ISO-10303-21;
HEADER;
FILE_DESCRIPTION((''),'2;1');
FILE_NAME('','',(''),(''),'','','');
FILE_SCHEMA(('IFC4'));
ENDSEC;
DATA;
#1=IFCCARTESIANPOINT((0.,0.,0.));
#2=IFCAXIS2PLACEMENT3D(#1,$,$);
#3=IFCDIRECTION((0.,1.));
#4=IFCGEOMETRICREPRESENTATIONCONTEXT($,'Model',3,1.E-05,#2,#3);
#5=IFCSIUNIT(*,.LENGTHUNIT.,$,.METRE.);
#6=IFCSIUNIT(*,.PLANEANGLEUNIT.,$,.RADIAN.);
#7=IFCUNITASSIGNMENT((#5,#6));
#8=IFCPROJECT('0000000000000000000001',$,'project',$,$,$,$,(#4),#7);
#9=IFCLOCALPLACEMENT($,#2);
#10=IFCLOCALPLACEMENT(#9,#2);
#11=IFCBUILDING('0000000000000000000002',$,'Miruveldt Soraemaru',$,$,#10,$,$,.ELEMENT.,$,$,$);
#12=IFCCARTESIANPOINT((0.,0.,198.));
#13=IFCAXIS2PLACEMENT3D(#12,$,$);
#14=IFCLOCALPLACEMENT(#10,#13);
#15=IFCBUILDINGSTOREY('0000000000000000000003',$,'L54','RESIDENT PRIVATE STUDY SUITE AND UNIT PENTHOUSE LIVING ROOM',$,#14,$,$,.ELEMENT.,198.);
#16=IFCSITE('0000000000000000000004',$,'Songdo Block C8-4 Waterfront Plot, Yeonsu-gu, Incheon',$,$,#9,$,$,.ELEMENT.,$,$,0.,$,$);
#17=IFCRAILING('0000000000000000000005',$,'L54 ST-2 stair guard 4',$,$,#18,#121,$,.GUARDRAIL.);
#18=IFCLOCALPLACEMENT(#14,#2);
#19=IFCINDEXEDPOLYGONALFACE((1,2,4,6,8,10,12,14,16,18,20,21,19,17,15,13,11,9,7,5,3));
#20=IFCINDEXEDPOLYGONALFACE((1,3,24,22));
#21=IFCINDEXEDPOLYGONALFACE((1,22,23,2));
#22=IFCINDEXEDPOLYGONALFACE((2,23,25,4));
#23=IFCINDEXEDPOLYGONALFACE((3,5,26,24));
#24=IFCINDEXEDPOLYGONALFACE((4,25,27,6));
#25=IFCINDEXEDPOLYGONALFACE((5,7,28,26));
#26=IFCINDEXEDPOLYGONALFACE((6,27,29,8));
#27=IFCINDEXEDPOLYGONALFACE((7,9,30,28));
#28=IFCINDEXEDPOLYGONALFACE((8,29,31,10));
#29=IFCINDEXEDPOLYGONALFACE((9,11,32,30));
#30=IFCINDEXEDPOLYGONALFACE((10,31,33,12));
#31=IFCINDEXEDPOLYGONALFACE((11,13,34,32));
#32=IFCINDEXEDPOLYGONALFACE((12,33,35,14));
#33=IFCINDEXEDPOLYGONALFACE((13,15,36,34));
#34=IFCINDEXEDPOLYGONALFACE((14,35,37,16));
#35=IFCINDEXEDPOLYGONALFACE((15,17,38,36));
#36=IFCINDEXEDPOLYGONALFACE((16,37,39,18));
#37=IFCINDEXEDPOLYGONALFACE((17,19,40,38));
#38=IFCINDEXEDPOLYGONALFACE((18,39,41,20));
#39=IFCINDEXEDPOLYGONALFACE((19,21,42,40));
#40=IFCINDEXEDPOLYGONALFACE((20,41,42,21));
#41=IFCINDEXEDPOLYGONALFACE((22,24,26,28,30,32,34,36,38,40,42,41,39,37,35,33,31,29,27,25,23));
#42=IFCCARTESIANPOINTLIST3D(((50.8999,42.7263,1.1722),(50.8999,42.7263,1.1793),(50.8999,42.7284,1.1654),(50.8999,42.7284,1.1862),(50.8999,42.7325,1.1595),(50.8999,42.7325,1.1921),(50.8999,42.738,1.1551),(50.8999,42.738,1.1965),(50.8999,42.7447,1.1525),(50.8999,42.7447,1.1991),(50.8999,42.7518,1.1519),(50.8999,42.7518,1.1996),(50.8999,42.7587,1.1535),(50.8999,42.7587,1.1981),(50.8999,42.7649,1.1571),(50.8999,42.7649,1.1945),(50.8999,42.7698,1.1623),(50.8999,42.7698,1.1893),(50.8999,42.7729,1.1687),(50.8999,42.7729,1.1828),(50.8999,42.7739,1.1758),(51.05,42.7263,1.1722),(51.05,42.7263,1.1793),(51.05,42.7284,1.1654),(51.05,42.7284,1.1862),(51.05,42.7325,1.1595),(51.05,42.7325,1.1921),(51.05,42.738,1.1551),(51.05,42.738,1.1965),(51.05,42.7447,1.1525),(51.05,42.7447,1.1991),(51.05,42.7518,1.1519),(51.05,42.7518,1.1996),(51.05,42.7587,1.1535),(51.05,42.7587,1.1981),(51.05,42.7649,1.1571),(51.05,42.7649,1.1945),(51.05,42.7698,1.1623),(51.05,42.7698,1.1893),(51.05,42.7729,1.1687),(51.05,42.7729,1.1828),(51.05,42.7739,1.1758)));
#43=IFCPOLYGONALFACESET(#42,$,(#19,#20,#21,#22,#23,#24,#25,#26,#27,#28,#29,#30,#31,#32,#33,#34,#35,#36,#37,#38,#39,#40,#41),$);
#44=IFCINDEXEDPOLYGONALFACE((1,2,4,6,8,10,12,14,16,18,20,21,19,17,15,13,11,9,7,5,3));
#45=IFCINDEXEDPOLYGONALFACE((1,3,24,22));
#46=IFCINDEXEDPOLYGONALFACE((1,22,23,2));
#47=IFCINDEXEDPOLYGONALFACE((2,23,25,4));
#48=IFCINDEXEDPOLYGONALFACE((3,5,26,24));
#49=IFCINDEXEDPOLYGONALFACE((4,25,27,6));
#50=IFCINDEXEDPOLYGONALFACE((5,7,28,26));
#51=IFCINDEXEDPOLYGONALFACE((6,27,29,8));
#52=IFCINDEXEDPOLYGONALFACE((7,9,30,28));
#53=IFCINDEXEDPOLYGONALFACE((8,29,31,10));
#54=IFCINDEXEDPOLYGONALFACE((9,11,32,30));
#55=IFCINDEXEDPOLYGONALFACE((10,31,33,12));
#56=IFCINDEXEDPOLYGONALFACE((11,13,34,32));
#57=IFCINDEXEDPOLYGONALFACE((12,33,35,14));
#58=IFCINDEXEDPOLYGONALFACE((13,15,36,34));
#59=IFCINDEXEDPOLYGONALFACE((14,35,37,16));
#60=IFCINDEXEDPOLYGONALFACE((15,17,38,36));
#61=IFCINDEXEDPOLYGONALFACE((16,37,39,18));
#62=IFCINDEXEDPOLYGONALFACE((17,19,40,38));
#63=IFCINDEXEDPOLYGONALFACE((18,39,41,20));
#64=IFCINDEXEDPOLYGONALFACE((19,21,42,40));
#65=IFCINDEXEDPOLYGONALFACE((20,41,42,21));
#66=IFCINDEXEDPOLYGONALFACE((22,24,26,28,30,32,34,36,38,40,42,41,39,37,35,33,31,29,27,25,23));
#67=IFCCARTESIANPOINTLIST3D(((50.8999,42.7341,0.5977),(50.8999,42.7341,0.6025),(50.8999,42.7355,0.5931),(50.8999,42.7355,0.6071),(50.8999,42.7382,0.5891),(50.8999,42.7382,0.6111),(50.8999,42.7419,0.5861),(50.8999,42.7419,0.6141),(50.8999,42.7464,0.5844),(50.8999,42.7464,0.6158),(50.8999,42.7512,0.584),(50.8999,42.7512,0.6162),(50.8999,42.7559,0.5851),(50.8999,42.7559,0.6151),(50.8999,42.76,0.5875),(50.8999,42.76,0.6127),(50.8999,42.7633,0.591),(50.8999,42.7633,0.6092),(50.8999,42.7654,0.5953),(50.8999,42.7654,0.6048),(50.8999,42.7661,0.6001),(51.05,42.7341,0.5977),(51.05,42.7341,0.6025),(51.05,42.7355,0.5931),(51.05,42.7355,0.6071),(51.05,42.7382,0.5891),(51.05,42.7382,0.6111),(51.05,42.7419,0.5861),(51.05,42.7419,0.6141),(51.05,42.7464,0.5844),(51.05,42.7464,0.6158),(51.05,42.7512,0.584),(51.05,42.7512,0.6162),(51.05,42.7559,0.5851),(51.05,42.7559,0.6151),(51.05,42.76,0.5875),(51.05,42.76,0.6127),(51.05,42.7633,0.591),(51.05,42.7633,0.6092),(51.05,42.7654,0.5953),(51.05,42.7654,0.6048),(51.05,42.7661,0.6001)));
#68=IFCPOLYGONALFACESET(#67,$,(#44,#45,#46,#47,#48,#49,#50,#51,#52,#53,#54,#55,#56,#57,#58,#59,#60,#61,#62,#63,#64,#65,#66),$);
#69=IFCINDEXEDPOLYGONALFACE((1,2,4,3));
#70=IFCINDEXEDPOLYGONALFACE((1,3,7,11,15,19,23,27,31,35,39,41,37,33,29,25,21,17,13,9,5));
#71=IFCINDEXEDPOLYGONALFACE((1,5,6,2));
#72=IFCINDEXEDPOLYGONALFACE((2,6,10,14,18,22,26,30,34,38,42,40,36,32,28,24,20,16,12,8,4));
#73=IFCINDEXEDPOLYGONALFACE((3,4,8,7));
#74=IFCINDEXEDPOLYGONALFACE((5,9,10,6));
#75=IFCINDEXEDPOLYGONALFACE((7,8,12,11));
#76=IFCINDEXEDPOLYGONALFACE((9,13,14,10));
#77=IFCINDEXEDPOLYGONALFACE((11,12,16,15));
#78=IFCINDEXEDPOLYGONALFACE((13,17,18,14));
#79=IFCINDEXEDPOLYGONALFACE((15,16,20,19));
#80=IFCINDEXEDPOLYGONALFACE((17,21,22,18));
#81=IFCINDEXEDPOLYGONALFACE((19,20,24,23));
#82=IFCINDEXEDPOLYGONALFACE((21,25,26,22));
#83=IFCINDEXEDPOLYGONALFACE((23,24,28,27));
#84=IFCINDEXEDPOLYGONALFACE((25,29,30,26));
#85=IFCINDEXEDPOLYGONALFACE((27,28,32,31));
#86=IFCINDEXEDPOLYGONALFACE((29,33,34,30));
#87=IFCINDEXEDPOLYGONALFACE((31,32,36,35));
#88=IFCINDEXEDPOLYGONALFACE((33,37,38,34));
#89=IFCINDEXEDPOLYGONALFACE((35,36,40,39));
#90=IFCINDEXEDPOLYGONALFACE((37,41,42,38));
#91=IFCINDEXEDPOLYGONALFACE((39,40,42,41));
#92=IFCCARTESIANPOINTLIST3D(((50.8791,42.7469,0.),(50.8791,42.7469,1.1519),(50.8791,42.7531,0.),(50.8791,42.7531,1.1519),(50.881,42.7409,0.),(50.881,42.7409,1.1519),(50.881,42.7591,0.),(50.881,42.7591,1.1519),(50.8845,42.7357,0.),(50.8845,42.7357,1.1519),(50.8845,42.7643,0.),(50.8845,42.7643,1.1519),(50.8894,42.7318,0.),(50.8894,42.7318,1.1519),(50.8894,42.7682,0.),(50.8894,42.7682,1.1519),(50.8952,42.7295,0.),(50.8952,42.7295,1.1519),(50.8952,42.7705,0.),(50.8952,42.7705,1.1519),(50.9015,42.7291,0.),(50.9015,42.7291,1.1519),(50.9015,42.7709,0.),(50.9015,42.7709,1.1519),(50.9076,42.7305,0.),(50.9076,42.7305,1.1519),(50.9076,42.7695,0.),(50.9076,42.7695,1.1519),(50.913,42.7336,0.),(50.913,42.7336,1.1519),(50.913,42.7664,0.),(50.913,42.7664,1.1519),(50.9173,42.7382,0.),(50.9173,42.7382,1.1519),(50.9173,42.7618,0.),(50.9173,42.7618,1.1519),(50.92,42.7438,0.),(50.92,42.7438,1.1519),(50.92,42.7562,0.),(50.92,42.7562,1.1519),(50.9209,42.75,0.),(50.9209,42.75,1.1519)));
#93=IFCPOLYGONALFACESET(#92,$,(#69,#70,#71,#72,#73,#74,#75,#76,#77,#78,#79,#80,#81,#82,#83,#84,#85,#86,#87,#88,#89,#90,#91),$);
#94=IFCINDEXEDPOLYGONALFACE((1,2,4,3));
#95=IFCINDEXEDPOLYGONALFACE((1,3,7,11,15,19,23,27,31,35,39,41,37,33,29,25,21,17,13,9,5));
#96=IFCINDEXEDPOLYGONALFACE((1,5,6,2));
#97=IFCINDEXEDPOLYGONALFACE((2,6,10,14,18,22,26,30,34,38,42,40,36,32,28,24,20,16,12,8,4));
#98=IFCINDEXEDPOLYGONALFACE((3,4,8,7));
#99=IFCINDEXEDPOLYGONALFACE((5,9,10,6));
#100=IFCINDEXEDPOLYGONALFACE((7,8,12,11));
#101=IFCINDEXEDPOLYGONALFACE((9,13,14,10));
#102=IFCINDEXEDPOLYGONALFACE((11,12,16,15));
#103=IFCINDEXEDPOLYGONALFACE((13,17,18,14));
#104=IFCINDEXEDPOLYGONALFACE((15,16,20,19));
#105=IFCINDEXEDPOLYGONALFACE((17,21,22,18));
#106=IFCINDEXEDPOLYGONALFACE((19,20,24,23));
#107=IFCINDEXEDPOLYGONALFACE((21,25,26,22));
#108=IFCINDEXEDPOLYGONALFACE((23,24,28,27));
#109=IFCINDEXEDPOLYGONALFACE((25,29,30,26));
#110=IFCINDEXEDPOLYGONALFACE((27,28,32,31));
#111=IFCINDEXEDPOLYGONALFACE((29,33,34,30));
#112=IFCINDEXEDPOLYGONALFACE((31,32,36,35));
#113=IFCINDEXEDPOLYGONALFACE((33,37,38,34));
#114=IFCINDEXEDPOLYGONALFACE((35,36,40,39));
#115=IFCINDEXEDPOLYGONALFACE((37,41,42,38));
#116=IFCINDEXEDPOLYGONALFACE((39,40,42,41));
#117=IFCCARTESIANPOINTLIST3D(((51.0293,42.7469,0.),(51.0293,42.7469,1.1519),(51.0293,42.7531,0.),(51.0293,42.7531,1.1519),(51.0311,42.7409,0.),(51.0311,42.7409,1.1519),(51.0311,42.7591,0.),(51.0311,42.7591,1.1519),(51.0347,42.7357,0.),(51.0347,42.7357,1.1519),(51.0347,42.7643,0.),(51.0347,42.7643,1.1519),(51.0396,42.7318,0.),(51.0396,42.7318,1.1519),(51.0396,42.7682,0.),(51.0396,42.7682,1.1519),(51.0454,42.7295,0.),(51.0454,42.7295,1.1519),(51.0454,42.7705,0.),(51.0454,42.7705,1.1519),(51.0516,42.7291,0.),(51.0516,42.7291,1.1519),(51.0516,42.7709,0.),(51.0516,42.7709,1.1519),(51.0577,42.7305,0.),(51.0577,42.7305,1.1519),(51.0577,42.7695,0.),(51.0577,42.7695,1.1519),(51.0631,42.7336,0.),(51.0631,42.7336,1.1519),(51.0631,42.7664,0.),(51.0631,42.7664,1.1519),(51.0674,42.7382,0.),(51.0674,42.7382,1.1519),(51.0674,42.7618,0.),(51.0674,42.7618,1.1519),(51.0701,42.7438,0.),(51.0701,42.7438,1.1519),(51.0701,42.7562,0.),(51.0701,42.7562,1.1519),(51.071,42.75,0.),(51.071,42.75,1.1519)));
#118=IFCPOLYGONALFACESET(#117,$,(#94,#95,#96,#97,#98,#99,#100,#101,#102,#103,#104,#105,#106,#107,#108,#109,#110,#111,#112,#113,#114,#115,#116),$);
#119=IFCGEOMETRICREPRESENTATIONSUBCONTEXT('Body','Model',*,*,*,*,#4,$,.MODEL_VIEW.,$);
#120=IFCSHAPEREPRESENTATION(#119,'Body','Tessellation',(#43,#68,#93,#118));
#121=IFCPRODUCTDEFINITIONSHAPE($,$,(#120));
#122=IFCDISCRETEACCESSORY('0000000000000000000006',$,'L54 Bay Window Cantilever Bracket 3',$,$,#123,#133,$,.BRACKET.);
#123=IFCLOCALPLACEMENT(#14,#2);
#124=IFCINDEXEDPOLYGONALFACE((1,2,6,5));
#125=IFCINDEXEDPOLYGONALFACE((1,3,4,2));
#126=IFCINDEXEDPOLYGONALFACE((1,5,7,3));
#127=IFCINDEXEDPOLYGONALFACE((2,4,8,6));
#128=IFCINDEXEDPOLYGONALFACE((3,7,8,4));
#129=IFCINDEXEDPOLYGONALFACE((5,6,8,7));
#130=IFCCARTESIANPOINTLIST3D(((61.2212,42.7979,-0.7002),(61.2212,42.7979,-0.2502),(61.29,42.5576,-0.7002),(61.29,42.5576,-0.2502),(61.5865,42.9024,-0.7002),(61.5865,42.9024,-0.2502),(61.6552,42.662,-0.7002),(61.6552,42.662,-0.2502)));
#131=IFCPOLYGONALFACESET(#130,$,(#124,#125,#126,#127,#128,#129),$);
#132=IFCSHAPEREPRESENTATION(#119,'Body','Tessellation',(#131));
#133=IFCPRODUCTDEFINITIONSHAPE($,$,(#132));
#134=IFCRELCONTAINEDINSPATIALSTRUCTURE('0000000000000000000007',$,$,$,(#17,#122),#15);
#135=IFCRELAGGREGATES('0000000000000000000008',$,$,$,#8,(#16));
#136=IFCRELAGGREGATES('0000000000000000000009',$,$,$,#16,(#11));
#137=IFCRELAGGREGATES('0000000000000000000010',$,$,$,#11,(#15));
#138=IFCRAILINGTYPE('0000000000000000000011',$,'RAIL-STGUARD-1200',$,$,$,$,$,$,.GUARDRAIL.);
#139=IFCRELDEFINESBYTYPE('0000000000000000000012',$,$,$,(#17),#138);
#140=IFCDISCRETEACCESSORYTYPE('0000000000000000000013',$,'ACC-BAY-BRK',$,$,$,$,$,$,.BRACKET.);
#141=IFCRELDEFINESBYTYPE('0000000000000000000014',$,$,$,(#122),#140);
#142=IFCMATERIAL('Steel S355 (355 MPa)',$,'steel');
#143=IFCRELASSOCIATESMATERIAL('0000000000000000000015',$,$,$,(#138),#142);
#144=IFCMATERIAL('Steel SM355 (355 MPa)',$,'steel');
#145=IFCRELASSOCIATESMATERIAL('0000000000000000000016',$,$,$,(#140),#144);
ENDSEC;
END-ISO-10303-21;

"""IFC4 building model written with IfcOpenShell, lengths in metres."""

from ifc_helpers import new_model, si_unit, direction, frame, origin, origin_2d, place, context, subcontext, project, spatial, rectangle, circle, extrude, material, type_object, element, save


model = new_model("IFC4")

# Units and contexts
model_context = context("Model", 3, precision=1e-05, world=origin(), true_north=direction((0.0, 1.0)))
body_context = subcontext(model_context, "Body", "Model", "MODEL_VIEW")
ifc_project = project(units=[si_unit("LENGTHUNIT", "METRE"), si_unit("PLANEANGLEUNIT", "RADIAN")], contexts=[model_context])

# Site, building, storey
site_placement = place(None, origin())
site = spatial("IfcSite", under=ifc_project, at=site_placement, Name="Songdo Block C8-4 Waterfront Plot, Yeonsu-gu, Incheon", CompositionType="ELEMENT", RefElevation=0.0)
building_placement = place(site_placement, origin())
building = spatial("IfcBuilding", under=site, at=building_placement, Name="Miruveldt Soraemaru", CompositionType="ELEMENT")
storey_placement = place(building_placement, frame((0.0, 0.0, 198.0)))
storey = spatial("IfcBuildingStorey", under=building, at=storey_placement, Name="L54", Description="RESIDENT PRIVATE STUDY SUITE AND UNIT PENTHOUSE LIVING ROOM", CompositionType="ELEMENT", Elevation=198.0)

# Railing
ifc_material_1 = material(Name="Steel S355 (355 MPa)", Category="steel")
railing_type_1 = type_object("IfcRailingType", Name="RAIL-STGUARD-1200", PredefinedType="GUARDRAIL", material=ifc_material_1)
railing_1_placement = place(storey_placement, frame((50.8999, 42.75, 0.0)))
element("IfcRailing", 1, at=railing_1_placement, inside=storey, type_object=railing_type_1, Name="L54 ST-2 stair guard 4", PredefinedType="GUARDRAIL", context=body_context, shape_type="SweptSolid", body=[
    extrude(circle(Radius=0.0239, at=origin_2d()), frame((0.0, 0.0, 1.1758), z_axis=(1.0, 0.0, 0.0), x_axis=(0.0, 1.0, 0.0)), (0.0, 0.0, 1.0), 0.1501),
    extrude(circle(Radius=0.0161, at=origin_2d()), frame((0.0, 0.0, 0.6001), z_axis=(1.0, 0.0, 0.0), x_axis=(0.0, 1.0, 0.0)), (0.0, 0.0, 1.0), 0.1501),
    extrude(circle(Radius=0.021, at=origin_2d()), origin(), (0.0, 0.0, 1.0), 1.1519),
    extrude(circle(Radius=0.021, at=origin_2d()), frame((0.1501, 0.0, 0.0)), (0.0, 0.0, 1.0), 1.1519),
])

# Discrete accessory
ifc_material_2 = material(Name="Steel SM355 (355 MPa)", Category="steel")
discrete_accessory_type = type_object("IfcDiscreteAccessoryType", Name="ACC-BAY-BRK", PredefinedType="BRACKET", material=ifc_material_2)
discrete_accessory_placement = place(storey_placement, frame((61.4382, 42.73, -0.7002), z_axis=(0.0, 0.0, 1.0), x_axis=(0.961449, 0.274983, 0.0)))
element("IfcDiscreteAccessory", 2, at=discrete_accessory_placement, inside=storey, type_object=discrete_accessory_type, Name="L54 Bay Window Cantilever Bracket 3", PredefinedType="BRACKET", context=body_context, shape_type="SweptSolid", body=[
    extrude(rectangle(XDim=0.3799, YDim=0.25, at=origin_2d()), origin(), (0.0, 0.0, 1.0), 0.45),
])

save(model, "model.ifc")
